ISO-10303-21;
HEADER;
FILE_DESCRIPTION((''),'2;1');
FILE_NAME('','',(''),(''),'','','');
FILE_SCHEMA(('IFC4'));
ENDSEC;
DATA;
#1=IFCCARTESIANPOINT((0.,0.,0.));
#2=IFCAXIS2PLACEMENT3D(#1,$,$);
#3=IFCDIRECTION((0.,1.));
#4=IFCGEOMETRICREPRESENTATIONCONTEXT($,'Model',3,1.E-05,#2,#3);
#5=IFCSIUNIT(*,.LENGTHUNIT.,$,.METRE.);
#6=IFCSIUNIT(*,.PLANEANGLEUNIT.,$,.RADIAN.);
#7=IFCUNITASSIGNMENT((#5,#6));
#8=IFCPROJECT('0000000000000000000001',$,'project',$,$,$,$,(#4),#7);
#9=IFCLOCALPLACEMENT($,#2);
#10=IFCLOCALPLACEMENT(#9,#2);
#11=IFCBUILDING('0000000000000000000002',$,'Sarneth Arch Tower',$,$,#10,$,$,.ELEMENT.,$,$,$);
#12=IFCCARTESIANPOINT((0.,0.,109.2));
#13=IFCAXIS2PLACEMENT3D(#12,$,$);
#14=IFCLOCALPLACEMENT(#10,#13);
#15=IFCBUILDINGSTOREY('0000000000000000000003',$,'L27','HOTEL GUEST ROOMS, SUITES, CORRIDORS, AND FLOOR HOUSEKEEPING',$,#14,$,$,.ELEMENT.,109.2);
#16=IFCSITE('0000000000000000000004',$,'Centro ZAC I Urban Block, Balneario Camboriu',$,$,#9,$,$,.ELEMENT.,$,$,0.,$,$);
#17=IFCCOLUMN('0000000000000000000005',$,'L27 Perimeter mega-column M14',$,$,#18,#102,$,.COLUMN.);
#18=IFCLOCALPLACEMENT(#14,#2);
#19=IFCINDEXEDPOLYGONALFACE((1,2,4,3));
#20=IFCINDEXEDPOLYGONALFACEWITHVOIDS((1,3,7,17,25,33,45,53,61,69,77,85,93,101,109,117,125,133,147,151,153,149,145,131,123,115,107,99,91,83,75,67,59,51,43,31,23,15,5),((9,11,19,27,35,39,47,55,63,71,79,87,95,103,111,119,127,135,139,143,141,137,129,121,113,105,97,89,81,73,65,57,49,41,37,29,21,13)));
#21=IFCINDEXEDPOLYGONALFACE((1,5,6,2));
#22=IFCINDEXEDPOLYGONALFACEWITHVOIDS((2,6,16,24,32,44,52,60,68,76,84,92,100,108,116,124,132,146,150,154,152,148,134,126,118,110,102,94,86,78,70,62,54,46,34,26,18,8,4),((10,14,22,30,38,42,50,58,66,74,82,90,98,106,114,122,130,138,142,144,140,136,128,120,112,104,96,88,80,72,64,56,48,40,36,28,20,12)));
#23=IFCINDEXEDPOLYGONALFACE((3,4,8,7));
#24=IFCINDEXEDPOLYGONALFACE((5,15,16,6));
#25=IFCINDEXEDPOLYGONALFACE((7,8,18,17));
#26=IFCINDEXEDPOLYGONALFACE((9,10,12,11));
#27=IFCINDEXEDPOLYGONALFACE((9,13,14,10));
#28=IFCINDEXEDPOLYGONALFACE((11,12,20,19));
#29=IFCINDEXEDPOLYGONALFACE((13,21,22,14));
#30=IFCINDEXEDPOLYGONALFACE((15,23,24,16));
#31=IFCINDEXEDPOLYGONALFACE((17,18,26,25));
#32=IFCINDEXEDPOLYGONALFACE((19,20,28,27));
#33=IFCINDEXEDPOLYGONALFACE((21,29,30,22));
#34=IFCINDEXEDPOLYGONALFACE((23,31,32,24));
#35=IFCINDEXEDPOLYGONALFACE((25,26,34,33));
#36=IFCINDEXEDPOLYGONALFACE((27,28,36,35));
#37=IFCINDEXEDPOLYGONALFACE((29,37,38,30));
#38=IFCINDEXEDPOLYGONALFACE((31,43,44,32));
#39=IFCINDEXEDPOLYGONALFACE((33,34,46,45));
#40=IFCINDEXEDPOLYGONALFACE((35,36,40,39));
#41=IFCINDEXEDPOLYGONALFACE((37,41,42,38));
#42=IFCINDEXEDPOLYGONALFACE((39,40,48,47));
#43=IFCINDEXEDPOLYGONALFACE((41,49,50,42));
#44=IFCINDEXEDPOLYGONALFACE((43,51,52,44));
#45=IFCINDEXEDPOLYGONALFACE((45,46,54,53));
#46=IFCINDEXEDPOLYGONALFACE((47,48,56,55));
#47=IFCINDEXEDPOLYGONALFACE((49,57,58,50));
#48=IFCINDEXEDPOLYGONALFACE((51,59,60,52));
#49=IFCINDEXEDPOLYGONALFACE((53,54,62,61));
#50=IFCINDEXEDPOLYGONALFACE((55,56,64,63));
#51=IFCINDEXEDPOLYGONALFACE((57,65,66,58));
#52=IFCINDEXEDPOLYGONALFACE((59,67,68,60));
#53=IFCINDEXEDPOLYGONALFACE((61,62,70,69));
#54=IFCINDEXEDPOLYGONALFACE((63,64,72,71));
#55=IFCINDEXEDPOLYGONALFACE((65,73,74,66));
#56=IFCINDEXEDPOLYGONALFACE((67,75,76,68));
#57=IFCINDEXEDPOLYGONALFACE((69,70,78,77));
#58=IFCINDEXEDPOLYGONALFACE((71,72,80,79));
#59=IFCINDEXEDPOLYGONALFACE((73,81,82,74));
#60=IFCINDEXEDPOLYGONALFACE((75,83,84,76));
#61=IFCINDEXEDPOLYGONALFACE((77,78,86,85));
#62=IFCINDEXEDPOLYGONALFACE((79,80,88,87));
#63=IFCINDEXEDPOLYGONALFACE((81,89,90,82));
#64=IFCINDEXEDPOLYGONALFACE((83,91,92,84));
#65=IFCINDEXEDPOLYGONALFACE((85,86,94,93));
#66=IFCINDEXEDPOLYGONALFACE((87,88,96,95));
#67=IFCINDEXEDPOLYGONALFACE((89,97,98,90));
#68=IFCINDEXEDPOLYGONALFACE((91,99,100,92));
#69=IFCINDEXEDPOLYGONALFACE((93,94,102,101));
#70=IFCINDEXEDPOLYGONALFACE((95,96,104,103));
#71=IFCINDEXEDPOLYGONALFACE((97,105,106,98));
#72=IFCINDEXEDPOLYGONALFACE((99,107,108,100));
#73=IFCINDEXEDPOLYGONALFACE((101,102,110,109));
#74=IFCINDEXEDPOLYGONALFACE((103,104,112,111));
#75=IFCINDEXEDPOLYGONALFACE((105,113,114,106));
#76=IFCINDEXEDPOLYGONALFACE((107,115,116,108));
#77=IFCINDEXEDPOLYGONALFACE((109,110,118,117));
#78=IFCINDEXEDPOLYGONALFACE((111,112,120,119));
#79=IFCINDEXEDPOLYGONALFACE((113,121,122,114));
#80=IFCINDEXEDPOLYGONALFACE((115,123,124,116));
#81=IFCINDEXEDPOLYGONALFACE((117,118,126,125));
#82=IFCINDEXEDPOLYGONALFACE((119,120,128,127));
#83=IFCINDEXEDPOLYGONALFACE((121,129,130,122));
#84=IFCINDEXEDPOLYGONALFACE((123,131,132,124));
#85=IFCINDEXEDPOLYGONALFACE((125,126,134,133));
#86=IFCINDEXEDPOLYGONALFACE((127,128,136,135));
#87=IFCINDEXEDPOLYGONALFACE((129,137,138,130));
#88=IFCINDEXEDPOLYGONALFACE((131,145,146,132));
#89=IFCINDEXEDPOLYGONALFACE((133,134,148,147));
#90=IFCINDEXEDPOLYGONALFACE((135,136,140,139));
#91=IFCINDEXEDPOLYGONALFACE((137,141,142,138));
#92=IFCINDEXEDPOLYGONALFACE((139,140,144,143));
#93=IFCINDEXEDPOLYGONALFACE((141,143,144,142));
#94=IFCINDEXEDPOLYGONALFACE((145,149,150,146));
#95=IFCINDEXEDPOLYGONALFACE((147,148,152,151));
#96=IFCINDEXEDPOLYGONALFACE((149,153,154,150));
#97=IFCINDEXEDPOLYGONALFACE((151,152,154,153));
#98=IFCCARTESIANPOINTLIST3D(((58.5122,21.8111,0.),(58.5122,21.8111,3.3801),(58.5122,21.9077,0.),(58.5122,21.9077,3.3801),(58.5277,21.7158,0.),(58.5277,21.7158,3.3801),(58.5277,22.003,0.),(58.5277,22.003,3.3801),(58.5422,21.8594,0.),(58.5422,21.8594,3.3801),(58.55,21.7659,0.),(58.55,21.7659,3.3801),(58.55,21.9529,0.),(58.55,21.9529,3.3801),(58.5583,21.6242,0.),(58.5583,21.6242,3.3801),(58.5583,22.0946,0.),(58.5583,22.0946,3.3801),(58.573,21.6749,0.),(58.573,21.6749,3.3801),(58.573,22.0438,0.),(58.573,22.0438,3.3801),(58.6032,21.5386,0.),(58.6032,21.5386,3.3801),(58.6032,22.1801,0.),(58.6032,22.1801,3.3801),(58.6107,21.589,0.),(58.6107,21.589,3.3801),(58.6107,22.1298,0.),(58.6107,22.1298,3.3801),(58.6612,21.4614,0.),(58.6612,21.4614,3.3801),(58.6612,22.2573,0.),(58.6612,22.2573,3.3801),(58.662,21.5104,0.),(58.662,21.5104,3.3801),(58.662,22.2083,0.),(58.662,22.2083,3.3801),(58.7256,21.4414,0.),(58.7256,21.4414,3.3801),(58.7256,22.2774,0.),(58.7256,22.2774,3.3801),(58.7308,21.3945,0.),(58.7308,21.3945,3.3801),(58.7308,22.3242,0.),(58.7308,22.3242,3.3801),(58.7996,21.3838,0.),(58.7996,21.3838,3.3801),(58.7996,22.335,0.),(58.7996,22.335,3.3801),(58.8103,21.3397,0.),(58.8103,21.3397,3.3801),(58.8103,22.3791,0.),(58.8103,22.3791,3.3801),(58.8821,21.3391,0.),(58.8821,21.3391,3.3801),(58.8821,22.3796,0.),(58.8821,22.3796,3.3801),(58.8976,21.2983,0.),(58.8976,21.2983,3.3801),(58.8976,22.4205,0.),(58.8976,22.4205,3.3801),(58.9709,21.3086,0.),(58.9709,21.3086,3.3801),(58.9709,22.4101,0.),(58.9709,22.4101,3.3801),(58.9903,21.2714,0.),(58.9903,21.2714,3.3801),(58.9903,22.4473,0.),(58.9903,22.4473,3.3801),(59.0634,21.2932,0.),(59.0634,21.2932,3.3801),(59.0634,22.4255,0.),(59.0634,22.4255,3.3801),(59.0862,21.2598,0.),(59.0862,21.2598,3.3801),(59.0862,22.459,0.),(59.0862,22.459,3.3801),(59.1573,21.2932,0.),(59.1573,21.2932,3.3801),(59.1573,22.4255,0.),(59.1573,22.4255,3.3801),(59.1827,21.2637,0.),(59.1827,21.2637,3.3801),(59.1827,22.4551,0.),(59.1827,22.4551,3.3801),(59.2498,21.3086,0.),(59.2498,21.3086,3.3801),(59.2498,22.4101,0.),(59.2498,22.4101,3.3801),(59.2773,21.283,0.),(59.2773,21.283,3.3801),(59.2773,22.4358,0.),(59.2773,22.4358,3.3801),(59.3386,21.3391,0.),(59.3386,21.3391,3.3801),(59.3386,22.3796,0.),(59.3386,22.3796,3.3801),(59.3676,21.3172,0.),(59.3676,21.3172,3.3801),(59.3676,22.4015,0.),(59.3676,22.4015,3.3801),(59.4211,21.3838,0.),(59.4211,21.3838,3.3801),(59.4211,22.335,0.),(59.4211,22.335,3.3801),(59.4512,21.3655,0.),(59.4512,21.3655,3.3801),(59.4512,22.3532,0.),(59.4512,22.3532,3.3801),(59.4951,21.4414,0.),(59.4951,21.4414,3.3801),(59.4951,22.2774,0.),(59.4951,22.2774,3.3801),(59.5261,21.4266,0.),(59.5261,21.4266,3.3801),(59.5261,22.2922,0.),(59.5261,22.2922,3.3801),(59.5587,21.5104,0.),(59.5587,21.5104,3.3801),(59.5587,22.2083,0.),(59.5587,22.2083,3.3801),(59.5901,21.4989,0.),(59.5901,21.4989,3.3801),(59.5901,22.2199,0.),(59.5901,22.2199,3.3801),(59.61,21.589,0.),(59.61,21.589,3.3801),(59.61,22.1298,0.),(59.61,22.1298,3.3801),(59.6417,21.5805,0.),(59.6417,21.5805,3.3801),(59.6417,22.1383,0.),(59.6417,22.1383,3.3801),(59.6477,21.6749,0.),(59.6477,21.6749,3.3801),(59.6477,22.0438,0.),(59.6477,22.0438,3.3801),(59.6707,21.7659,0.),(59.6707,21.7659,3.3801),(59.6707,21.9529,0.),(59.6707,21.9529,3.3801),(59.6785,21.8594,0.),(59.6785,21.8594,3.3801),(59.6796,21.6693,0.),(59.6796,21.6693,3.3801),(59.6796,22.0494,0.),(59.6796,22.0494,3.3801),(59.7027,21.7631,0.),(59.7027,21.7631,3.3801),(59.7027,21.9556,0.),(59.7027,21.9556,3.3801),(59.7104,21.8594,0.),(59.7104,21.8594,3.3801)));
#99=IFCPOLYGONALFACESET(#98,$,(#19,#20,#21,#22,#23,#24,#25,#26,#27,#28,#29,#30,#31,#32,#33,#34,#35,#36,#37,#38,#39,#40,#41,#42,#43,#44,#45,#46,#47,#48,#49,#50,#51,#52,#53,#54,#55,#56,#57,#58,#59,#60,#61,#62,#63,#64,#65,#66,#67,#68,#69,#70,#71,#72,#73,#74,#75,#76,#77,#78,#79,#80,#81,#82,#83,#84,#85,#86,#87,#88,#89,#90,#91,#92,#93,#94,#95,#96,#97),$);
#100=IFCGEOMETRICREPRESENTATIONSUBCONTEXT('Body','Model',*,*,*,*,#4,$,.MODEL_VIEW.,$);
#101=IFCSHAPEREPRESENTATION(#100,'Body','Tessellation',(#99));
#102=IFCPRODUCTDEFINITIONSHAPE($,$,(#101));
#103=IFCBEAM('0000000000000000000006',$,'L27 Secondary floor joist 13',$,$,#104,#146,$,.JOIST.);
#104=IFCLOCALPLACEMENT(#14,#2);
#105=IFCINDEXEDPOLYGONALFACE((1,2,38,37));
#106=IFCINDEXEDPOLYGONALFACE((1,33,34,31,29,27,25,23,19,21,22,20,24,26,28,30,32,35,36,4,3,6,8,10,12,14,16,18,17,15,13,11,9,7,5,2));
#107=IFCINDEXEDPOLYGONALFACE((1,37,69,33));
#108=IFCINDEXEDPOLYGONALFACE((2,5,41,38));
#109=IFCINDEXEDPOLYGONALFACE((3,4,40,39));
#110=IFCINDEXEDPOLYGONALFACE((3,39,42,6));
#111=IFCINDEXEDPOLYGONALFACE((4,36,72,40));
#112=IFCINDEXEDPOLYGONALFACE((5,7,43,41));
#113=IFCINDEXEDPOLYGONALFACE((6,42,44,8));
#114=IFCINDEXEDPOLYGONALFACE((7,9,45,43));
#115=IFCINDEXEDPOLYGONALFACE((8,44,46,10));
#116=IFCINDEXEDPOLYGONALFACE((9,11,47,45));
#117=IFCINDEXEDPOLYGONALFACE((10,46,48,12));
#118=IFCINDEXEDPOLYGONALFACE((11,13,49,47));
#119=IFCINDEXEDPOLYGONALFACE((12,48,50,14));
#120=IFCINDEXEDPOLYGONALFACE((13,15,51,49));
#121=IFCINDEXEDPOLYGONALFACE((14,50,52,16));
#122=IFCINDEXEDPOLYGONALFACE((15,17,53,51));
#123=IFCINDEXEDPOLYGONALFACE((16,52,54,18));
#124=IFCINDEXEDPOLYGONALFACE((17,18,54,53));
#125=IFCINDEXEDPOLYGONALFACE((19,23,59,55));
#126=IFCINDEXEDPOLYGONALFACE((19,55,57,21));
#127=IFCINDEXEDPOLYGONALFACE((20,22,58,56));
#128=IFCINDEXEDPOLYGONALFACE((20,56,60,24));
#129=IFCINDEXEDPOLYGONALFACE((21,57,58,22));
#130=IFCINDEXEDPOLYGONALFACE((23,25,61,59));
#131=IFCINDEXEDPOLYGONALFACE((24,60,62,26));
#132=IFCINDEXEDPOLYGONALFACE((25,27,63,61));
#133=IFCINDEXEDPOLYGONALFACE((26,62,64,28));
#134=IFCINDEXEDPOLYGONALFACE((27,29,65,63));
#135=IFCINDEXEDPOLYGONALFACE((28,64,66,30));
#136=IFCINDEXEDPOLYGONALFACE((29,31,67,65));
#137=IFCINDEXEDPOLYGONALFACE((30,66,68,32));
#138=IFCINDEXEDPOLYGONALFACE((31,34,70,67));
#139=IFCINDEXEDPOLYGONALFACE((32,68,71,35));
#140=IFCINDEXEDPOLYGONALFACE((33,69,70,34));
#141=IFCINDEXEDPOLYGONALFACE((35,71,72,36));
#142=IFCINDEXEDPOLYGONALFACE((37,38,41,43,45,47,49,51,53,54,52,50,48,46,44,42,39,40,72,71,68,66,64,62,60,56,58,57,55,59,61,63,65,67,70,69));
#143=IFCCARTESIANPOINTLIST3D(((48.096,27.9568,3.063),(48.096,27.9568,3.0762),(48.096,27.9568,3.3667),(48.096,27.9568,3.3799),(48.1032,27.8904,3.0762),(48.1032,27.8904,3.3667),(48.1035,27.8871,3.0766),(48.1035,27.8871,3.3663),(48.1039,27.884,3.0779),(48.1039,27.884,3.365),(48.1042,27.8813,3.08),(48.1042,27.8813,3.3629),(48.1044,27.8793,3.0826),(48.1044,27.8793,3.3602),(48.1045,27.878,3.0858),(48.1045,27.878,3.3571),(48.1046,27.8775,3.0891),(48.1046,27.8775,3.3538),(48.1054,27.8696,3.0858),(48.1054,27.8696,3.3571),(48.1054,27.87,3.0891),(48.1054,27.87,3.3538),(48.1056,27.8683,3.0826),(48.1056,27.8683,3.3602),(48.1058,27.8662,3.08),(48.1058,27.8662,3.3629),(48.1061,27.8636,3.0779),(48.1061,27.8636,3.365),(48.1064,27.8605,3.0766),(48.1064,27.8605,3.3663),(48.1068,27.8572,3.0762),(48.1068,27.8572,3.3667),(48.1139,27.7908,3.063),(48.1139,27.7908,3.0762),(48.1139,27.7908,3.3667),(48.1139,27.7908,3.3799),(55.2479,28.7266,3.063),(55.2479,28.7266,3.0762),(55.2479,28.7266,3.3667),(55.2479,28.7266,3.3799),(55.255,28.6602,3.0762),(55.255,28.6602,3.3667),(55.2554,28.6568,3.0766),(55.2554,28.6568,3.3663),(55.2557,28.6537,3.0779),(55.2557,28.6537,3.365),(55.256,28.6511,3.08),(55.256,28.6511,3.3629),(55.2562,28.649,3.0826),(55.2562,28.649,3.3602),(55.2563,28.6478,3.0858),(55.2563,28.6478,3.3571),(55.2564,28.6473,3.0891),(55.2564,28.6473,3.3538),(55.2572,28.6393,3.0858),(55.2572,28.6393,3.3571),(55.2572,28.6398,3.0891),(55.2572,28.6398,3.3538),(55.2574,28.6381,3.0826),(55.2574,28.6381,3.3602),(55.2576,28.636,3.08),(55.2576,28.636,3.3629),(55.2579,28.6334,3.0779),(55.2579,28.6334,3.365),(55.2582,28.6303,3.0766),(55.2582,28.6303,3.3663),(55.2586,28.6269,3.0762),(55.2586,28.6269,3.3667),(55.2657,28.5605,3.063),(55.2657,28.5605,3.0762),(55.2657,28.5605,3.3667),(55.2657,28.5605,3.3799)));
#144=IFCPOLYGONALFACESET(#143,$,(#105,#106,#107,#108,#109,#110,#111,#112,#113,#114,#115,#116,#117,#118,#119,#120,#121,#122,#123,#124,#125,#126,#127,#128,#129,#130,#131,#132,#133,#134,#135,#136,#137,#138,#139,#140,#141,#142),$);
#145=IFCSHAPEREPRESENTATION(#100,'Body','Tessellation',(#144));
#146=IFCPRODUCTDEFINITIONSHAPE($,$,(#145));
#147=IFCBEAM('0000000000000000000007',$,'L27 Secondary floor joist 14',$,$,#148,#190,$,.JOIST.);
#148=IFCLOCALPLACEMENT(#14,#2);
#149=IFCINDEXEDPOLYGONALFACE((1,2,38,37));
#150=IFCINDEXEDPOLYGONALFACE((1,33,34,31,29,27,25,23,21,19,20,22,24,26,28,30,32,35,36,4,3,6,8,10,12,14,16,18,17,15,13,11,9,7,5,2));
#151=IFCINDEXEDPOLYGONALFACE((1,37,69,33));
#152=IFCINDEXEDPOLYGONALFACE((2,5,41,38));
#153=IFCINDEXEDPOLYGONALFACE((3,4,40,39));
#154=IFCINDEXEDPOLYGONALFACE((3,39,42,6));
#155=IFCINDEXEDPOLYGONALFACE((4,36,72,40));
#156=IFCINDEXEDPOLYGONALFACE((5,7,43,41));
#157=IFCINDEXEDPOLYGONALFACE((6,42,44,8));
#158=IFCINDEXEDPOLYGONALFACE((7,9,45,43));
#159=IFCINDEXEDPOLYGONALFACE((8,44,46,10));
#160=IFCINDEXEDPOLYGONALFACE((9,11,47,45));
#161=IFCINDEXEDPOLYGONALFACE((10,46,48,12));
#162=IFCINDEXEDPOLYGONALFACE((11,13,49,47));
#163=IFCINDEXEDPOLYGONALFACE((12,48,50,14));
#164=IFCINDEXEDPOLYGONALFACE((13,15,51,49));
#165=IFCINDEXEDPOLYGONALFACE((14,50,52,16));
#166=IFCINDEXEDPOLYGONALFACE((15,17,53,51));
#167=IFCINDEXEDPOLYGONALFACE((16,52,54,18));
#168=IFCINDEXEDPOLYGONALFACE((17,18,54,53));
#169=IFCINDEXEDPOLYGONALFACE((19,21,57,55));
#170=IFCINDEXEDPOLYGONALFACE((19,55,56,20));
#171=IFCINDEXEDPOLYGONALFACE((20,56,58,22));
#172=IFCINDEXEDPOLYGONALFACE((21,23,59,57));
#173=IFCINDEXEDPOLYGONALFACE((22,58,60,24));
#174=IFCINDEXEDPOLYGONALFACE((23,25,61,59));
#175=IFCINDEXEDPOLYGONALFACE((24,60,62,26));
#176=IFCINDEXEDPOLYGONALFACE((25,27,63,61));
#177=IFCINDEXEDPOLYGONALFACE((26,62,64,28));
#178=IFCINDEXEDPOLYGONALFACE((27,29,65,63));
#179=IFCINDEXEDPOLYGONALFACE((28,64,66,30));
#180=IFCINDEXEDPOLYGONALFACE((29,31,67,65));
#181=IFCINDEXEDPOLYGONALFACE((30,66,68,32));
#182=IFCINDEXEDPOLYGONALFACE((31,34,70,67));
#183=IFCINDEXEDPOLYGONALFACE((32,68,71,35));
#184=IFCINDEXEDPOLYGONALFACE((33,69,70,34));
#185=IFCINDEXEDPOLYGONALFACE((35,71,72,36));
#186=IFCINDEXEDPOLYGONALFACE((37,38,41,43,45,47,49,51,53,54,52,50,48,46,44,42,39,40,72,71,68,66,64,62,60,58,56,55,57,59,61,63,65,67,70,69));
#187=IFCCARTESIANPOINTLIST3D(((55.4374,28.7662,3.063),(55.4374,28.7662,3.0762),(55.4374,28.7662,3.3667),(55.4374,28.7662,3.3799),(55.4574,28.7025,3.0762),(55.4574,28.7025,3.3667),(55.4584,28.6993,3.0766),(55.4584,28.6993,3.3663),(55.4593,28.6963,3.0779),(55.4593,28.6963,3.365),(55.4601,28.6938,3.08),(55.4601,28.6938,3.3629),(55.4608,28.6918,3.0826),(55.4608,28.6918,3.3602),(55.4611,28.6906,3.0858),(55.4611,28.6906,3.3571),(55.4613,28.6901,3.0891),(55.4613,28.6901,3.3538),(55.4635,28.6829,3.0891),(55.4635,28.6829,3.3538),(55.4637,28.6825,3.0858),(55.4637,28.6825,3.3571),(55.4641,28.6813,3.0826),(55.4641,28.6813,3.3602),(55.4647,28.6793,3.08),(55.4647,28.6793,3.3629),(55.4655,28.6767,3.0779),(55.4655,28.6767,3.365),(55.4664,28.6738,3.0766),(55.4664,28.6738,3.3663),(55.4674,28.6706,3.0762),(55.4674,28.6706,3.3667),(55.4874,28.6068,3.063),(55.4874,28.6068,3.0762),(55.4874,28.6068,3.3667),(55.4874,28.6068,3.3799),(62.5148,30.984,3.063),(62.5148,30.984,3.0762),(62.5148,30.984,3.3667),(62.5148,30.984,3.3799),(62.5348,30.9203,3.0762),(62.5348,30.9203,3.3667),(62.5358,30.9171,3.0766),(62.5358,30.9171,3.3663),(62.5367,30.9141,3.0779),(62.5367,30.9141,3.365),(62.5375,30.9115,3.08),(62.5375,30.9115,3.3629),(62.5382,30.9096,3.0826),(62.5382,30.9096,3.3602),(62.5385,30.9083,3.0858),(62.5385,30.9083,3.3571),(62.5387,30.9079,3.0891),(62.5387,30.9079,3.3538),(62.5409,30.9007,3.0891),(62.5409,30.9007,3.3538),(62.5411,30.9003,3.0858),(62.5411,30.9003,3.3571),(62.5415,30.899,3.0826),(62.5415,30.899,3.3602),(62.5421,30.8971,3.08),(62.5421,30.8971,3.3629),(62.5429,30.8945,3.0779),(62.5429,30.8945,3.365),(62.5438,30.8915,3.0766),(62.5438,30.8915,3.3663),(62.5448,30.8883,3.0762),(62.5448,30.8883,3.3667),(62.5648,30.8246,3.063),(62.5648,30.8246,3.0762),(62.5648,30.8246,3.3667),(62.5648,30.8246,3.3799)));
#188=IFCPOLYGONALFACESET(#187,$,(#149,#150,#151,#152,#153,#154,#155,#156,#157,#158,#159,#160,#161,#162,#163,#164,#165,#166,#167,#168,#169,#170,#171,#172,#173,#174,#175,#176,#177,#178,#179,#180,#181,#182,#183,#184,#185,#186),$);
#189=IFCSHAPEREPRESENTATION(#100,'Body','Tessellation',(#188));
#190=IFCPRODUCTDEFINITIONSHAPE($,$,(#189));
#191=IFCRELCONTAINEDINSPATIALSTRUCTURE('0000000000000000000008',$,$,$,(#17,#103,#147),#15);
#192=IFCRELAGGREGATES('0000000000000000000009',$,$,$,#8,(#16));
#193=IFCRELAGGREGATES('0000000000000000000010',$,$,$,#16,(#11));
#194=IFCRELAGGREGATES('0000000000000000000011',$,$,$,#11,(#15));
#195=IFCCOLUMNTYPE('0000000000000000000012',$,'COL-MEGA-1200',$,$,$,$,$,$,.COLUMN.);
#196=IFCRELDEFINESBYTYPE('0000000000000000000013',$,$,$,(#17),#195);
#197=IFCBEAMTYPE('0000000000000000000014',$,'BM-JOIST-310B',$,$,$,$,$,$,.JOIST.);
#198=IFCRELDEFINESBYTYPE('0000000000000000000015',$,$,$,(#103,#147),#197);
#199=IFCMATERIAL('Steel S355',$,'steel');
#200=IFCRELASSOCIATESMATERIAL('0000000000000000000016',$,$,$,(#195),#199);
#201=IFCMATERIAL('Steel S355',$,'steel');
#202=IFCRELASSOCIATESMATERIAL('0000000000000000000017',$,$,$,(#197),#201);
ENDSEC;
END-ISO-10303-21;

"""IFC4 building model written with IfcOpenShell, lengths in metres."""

from ifc_helpers import new_model, si_unit, direction, frame, origin, origin_2d, place, context, subcontext, project, spatial, hollow_circle, i_section, extrude, material, material_profile, profile_set, type_object, element, save


model = new_model("IFC4")

# Units and contexts
model_context = context("Model", 3, precision=1e-05, world=origin(), true_north=direction((0.0, 1.0)))
body_context = subcontext(model_context, "Body", "Model", "MODEL_VIEW")
ifc_project = project(units=[si_unit("LENGTHUNIT", "METRE"), si_unit("PLANEANGLEUNIT", "RADIAN")], contexts=[model_context])

# Site, building, storey
site_placement = place(None, origin())
site = spatial("IfcSite", under=ifc_project, at=site_placement, Name="Centro ZAC I Urban Block, Balneario Camboriu", CompositionType="ELEMENT", RefElevation=0.0)
building_placement = place(site_placement, origin())
building = spatial("IfcBuilding", under=site, at=building_placement, Name="Sarneth Arch Tower", CompositionType="ELEMENT")
storey_placement = place(building_placement, frame((0.0, 0.0, 109.2)))
storey = spatial("IfcBuildingStorey", under=building, at=storey_placement, Name="L27", Description="HOTEL GUEST ROOMS, SUITES, CORRIDORS, AND FLOOR HOUSEKEEPING", CompositionType="ELEMENT", Elevation=109.2)

# Column
ifc_material_1 = material(Name="Steel S355", Category="steel")
ifc_material_profile_1 = material_profile(ifc_material_1, hollow_circle(Radius=0.6001, WallThickness=0.032, at=origin_2d()), Name="CHS1200x32")
ifc_profile_set_1 = profile_set([ifc_material_profile_1], Name="Steel S355")
column_type = type_object("IfcColumnType", Name="COL-MEGA-1200", PredefinedType="COLUMN", material=ifc_profile_set_1)
column_placement = place(storey_placement, frame((59.1104, 21.8594, 0.0), z_axis=(0.0, 0.0, 1.0), x_axis=(1.0, 0.0, 0.0)))
element("IfcColumn", 1, at=column_placement, inside=storey, type_object=column_type, Name="L27 Perimeter mega-column M14", PredefinedType="COLUMN", context=body_context, shape_type="SweptSolid", body=[
    extrude(hollow_circle(Radius=0.6001, WallThickness=0.032, at=origin_2d()), origin(), (0.0, 0.0, 1.0), 3.3801),
])

# Beams
ifc_material_2 = material(Name="Steel S355", Category="steel")
ifc_material_profile_2 = material_profile(ifc_material_2, i_section(OverallWidth=0.167, OverallDepth=0.3169, WebThickness=0.0076, FlangeThickness=0.0132, FilletRadius=0.0129, at=origin_2d()), Name="W310x52")
ifc_profile_set_2 = profile_set([ifc_material_profile_2], Name="Steel S355")
beam_type_1 = type_object("IfcBeamType", Name="BM-JOIST-310B", PredefinedType="JOIST", material=ifc_profile_set_2)
beam_1_placement = place(storey_placement, frame((48.105, 27.8738, 3.2214), z_axis=(0.994257, 0.107015, 0.0), x_axis=(-0.107015, 0.994257, 0.0)))
element("IfcBeam", 2, at=beam_1_placement, inside=storey, type_object=beam_type_1, Name="L27 Secondary floor joist 13", PredefinedType="JOIST", context=body_context, shape_type="SweptSolid", body=[
    extrude(i_section(OverallWidth=0.167, OverallDepth=0.3169, WebThickness=0.0076, FlangeThickness=0.0132, FilletRadius=0.0129, at=origin_2d()), origin(), (0.0, 0.0, 1.0), 7.1931),
])
beam_2_placement = place(storey_placement, frame((55.4624, 28.6865, 3.2214), z_axis=(0.954246, 0.299023, 0.0), x_axis=(-0.299023, 0.954246, 0.0)))
element("IfcBeam", 3, at=beam_2_placement, inside=storey, type_object=beam_type_1, Name="L27 Secondary floor joist 14", PredefinedType="JOIST", context=body_context, shape_type="SweptSolid", body=[
    extrude(i_section(OverallWidth=0.167, OverallDepth=0.3169, WebThickness=0.0076, FlangeThickness=0.0132, FilletRadius=0.0129, at=origin_2d()), origin(), (0.0, 0.0, 1.0), 7.4167),
])

save(model, "model.ifc")
